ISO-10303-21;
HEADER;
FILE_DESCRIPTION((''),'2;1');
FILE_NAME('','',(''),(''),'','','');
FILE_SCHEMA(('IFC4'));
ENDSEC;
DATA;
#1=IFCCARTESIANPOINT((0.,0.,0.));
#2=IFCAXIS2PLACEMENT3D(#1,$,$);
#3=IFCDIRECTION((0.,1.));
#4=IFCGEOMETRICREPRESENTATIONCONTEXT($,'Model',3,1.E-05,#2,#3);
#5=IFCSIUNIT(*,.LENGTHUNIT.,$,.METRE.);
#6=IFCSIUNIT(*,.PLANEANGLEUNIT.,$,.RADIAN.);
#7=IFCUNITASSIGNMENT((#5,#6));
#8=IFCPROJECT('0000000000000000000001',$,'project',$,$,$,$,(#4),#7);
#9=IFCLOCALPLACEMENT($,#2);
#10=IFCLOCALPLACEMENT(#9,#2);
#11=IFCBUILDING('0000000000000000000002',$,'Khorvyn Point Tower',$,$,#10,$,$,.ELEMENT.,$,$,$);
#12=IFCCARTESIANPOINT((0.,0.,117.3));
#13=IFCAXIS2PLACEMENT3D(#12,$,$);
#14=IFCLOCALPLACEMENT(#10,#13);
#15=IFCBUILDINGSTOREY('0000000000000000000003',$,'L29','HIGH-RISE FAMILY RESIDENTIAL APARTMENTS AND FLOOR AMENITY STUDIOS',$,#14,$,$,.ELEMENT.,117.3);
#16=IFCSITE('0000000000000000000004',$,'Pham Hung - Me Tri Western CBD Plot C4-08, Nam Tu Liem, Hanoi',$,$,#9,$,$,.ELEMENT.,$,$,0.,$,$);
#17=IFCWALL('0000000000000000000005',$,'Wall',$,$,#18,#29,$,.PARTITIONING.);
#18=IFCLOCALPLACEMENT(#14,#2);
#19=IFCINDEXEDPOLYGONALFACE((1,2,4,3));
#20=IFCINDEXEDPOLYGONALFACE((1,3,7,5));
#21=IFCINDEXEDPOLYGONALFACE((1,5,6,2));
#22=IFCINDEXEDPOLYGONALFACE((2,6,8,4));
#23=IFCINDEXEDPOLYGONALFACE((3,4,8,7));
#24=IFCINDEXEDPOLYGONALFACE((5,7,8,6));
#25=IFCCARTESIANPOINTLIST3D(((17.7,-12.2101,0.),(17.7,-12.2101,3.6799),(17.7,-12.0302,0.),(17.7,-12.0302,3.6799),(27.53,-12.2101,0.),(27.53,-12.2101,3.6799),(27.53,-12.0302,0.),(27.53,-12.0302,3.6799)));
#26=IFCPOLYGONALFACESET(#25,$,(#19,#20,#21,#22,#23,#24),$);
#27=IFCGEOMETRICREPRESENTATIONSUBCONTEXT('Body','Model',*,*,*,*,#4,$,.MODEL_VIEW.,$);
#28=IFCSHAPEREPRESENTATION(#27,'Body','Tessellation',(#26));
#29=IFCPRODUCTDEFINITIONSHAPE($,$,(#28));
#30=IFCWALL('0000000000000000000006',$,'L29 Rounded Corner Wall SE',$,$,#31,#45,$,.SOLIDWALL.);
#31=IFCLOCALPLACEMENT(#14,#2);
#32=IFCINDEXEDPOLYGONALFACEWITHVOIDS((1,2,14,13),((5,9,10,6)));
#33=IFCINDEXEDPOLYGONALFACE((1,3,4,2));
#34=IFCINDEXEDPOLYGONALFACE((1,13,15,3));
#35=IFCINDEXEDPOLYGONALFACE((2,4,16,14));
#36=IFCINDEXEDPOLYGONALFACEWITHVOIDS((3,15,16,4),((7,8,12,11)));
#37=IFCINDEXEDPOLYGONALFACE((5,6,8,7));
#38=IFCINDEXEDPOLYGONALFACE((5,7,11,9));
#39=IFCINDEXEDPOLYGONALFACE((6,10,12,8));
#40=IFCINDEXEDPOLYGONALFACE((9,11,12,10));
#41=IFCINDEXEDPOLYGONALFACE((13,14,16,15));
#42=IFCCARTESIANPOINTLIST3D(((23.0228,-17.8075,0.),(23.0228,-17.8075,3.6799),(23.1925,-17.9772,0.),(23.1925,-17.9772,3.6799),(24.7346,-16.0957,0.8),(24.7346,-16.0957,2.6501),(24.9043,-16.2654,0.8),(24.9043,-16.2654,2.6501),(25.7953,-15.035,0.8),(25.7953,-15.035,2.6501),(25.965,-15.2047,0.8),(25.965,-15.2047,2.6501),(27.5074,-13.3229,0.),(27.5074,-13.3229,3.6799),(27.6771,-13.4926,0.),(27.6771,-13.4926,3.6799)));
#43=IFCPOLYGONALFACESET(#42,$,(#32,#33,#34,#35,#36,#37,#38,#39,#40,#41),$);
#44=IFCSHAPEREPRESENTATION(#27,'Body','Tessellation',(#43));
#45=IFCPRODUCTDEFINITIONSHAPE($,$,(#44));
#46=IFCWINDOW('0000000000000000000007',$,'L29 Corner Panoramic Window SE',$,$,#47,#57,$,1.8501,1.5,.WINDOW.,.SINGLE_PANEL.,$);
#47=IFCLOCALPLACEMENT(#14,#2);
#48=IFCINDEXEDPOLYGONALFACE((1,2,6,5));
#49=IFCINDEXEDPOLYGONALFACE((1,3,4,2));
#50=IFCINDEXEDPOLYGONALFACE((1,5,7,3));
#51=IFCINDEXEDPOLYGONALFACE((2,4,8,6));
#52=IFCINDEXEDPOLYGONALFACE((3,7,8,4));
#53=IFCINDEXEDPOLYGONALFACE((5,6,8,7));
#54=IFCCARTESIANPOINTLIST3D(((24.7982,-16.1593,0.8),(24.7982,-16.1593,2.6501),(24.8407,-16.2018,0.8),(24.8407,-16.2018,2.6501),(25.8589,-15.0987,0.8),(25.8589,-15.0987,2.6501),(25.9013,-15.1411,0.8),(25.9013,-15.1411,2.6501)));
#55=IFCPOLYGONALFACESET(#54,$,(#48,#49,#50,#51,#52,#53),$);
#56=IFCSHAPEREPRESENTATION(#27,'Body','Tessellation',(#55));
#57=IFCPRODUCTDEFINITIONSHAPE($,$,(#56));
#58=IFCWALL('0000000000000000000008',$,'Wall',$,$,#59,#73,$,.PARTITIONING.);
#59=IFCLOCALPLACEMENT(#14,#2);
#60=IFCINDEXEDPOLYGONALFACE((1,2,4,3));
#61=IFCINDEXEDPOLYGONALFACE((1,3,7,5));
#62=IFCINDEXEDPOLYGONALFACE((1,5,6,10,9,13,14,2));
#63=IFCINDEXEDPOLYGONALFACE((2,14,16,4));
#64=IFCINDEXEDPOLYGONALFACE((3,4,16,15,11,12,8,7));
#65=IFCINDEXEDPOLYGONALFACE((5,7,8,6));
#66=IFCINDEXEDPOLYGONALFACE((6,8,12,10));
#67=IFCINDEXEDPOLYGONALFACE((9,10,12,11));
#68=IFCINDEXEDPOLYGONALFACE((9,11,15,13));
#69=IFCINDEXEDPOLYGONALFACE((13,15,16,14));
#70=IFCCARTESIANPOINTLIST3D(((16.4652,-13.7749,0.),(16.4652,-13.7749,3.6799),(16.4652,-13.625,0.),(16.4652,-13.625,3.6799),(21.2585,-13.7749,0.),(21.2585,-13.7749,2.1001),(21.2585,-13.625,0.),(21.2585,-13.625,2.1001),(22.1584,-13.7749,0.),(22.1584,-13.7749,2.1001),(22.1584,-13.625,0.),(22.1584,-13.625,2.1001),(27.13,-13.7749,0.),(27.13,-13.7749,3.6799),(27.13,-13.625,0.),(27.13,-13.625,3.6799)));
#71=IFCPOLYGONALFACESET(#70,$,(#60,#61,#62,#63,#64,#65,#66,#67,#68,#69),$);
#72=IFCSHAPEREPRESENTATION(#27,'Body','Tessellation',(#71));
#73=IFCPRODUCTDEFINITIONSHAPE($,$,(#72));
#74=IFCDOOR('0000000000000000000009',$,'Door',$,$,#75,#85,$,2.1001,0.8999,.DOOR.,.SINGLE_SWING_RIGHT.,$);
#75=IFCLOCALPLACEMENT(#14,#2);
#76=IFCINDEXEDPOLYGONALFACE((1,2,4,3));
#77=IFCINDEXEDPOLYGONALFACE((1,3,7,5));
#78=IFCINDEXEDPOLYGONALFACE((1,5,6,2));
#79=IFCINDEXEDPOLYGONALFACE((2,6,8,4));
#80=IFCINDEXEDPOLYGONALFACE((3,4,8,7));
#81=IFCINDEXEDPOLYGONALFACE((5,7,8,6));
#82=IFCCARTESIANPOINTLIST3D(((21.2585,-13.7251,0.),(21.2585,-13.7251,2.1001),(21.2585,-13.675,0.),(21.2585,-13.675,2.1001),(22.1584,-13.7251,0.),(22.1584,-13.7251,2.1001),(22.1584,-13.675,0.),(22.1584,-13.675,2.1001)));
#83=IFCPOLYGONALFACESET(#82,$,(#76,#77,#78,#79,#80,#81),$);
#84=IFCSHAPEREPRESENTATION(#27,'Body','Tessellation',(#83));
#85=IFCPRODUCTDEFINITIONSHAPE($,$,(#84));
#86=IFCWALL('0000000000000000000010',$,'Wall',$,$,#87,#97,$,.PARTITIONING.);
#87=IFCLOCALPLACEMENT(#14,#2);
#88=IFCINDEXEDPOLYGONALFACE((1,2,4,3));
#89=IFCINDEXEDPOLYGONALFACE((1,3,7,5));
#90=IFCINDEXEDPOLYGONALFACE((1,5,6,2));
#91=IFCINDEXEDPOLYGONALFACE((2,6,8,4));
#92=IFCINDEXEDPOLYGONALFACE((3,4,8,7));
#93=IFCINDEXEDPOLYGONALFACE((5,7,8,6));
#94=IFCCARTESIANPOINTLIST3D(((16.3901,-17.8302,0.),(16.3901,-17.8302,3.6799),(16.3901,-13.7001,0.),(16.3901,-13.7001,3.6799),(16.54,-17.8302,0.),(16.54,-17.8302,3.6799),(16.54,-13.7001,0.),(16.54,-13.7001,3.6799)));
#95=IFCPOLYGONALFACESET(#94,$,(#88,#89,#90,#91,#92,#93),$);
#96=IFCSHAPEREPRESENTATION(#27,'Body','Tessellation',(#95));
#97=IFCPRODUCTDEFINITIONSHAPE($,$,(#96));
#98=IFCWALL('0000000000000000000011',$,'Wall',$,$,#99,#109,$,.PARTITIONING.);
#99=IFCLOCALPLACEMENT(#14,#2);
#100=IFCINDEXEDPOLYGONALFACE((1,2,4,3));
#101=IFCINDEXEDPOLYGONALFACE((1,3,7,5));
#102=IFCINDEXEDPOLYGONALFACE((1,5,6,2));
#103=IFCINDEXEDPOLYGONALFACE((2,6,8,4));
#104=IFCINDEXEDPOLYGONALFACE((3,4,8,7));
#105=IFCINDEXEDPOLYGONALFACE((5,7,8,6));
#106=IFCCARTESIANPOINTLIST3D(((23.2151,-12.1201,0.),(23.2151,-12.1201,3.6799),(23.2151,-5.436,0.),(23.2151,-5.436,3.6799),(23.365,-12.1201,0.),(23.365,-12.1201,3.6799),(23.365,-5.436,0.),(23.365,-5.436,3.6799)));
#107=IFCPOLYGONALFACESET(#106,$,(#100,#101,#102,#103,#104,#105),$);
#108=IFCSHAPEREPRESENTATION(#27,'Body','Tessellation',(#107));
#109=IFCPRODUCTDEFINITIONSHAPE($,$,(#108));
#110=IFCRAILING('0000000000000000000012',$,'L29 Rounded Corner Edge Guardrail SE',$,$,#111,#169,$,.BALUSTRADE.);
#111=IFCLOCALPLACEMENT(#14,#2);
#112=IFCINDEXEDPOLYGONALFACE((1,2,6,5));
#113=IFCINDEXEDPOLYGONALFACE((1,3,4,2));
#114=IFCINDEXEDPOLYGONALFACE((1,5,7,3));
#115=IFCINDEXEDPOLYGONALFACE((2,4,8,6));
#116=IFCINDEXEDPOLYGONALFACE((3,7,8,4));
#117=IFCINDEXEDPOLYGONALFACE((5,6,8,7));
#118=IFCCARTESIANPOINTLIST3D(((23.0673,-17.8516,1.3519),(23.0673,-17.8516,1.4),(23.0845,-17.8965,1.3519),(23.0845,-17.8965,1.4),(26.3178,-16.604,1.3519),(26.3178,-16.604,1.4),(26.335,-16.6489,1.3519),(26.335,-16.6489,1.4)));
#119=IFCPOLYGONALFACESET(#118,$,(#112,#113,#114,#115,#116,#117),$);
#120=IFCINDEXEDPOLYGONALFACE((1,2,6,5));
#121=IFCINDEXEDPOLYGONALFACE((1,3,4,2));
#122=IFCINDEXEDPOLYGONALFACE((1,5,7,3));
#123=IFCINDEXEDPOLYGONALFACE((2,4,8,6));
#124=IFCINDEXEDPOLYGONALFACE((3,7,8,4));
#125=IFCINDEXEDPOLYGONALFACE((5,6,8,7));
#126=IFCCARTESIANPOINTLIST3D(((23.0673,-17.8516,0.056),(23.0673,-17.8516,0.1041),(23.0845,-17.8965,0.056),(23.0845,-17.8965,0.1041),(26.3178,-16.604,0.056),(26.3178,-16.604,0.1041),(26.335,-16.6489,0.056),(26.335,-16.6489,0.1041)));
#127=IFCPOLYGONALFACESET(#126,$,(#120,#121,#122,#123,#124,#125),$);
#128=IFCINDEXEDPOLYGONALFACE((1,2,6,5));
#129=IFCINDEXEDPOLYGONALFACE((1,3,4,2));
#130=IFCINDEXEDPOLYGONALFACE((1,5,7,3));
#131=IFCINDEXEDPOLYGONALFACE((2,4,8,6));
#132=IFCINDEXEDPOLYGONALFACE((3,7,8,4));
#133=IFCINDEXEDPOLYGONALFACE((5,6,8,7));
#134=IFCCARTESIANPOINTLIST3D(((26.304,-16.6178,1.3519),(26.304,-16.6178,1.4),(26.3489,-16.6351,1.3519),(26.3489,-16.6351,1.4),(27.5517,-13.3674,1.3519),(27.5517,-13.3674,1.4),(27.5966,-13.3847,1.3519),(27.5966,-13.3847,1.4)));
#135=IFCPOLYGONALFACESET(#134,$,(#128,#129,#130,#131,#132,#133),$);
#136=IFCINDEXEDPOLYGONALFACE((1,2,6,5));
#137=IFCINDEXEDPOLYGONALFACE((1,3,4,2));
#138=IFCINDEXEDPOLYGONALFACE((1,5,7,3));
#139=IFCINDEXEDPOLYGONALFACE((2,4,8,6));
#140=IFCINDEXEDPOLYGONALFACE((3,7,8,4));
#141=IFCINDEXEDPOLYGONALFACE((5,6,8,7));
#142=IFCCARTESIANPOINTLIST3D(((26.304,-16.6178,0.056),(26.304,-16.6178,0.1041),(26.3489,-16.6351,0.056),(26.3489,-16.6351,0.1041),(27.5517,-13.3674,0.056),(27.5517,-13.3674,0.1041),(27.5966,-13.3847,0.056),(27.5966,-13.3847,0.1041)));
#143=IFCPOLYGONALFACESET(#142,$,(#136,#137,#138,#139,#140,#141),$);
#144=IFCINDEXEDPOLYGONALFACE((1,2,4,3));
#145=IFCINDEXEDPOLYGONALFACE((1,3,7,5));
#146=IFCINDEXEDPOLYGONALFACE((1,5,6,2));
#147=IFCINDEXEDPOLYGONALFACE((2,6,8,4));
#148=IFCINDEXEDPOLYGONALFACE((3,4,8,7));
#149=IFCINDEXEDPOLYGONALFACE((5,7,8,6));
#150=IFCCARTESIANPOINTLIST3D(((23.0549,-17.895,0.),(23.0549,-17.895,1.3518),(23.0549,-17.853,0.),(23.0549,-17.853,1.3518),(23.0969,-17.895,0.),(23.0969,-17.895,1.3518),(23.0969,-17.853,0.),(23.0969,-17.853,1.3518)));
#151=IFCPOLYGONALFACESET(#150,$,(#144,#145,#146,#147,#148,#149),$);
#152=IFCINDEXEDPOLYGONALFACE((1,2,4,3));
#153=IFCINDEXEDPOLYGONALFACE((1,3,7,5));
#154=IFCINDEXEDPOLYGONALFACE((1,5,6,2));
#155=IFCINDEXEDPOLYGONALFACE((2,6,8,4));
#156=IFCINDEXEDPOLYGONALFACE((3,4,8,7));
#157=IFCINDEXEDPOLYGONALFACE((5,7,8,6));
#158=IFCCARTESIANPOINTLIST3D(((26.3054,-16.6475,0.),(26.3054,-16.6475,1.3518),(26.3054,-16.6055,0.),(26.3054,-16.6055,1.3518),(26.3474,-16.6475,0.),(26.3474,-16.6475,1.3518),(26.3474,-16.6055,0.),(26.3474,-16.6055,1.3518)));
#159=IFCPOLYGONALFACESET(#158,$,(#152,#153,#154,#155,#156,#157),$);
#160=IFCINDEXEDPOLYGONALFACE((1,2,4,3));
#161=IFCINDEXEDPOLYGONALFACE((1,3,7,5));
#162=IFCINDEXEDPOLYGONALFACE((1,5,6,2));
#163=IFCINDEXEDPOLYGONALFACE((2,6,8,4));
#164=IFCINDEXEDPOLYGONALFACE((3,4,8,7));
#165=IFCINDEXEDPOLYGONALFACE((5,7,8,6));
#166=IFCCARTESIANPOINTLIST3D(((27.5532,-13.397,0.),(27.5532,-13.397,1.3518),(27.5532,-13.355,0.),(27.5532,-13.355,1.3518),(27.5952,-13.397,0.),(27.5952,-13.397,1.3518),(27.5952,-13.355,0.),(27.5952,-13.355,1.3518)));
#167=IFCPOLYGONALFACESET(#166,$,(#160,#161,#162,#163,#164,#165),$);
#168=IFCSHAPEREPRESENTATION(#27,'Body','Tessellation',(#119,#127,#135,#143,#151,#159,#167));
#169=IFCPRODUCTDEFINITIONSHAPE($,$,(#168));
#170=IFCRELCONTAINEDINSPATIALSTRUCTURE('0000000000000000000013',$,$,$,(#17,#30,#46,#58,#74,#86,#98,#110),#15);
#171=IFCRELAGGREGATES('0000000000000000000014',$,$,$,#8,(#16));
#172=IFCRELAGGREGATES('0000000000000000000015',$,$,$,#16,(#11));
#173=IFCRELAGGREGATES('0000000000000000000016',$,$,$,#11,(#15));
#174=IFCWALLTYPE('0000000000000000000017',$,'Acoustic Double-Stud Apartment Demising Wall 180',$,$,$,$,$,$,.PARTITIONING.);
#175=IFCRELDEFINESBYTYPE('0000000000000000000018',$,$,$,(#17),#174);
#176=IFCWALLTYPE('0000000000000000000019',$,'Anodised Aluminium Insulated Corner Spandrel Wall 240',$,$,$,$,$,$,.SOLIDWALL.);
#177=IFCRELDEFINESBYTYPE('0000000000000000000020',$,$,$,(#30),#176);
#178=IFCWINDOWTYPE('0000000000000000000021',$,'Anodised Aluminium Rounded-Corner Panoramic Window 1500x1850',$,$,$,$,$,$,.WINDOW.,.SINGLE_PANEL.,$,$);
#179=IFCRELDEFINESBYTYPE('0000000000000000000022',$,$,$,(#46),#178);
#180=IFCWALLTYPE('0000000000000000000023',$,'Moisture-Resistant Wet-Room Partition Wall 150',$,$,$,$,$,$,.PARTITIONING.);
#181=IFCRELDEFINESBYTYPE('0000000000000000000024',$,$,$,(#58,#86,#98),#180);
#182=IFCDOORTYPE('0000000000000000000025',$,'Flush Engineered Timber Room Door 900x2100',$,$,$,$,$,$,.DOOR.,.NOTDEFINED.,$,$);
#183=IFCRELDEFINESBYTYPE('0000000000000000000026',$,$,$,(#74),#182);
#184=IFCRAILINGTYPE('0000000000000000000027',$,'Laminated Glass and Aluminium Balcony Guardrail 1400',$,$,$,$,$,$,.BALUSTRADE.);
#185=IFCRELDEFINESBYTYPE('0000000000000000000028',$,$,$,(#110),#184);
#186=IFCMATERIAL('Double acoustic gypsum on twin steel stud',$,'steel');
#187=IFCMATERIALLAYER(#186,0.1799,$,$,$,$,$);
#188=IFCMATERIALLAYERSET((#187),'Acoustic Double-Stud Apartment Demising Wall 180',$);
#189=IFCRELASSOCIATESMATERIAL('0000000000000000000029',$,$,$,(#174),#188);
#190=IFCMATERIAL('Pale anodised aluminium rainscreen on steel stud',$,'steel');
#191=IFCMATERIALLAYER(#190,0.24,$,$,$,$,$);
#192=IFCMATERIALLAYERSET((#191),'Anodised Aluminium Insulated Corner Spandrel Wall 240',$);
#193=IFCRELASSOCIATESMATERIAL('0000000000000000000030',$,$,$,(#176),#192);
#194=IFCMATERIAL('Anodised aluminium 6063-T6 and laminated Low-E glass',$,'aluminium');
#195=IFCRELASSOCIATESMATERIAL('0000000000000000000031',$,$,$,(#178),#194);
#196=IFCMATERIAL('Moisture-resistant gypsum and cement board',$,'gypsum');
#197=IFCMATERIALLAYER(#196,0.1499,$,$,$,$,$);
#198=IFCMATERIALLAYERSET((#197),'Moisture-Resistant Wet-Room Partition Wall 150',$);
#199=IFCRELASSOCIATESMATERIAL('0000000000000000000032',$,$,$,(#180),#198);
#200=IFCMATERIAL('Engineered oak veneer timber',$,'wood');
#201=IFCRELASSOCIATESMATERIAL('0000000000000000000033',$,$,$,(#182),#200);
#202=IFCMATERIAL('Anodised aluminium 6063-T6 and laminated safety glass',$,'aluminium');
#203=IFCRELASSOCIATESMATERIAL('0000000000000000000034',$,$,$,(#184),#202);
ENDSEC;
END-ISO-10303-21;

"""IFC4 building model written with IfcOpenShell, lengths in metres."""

from ifc_helpers import new_model, si_unit, direction, frame, frame_2d, origin, origin_2d, place, context, subcontext, project, spatial, rectangle, extrude, material, layer, layer_set, type_object, element, fill, save


model = new_model("IFC4")

# Units and contexts
model_context = context("Model", 3, precision=1e-05, world=origin(), true_north=direction((0.0, 1.0)))
body_context = subcontext(model_context, "Body", "Model", "MODEL_VIEW")
ifc_project = project(units=[si_unit("LENGTHUNIT", "METRE"), si_unit("PLANEANGLEUNIT", "RADIAN")], contexts=[model_context])

# Site, building, storey
site_placement = place(None, origin())
site = spatial("IfcSite", under=ifc_project, at=site_placement, Name="Pham Hung - Me Tri Western CBD Plot C4-08, Nam Tu Liem, Hanoi", CompositionType="ELEMENT", RefElevation=0.0)
building_placement = place(site_placement, origin())
building = spatial("IfcBuilding", under=site, at=building_placement, Name="Khorvyn Point Tower", CompositionType="ELEMENT")
storey_placement = place(building_placement, frame((0.0, 0.0, 117.3)))
storey = spatial("IfcBuildingStorey", under=building, at=storey_placement, Name="L29", Description="HIGH-RISE FAMILY RESIDENTIAL APARTMENTS AND FLOOR AMENITY STUDIOS", CompositionType="ELEMENT", Elevation=117.3)

# Shared definitions
ifc_material_1 = material(Name="Anodised aluminium 6063-T6 and laminated Low-E glass", Category="aluminium")

# Shared definitions
ifc_material_2 = material(Name="Double acoustic gypsum on twin steel stud", Category="steel")
ifc_layer_1 = layer(ifc_material_2, 0.1799)
ifc_layer_set_1 = layer_set([ifc_layer_1], Name="Acoustic Double-Stud Apartment Demising Wall 180")
wall_type_1 = type_object("IfcWallType", Name="Acoustic Double-Stud Apartment Demising Wall 180", PredefinedType="PARTITIONING", material=ifc_layer_set_1)

# Wall
wall_1_placement = place(storey_placement, frame((17.7, -12.1201, 0.0), z_axis=(0.0, 0.0, 1.0), x_axis=(1.0, 0.0, 0.0)))
element("IfcWall", 1, at=wall_1_placement, inside=storey, type_object=wall_type_1, Name="Wall", PredefinedType="PARTITIONING", context=body_context, shape_type="SweptSolid", body=[
    extrude(rectangle(XDim=9.8301, YDim=0.1799, at=frame_2d((4.915, 0.0))), origin(), (0.0, 0.0, 1.0), 3.6799),
])

# Wall, opening, window
ifc_material_3 = material(Name="Pale anodised aluminium rainscreen on steel stud", Category="steel")
ifc_layer_2 = layer(ifc_material_3, 0.24)
ifc_layer_set_2 = layer_set([ifc_layer_2], Name="Anodised Aluminium Insulated Corner Spandrel Wall 240")
wall_type_2 = type_object("IfcWallType", Name="Anodised Aluminium Insulated Corner Spandrel Wall 240", PredefinedType="SOLIDWALL", material=ifc_layer_set_2)
wall_2_placement = place(storey_placement, frame((27.5923, -13.4077, 0.0), z_axis=(0.0, 0.0, 1.0), x_axis=(-0.707107, -0.707107, 0.0)))
wall_2 = element("IfcWall", 2, at=wall_2_placement, inside=storey, type_object=wall_type_2, Name="L29 Rounded Corner Wall SE", PredefinedType="SOLIDWALL", context=body_context, shape_type="SweptSolid", body=[
    extrude(rectangle(XDim=6.3423, YDim=0.24, at=frame_2d((3.1711, 0.0))), origin(), (0.0, 0.0, 1.0), 3.6799),
])
opening_1_placement = place(wall_2_placement, frame((2.4214, 0.0, 0.8)))
opening_1 = element("IfcOpeningElement", 3, at=opening_1_placement, cuts=wall_2, PredefinedType="OPENING", context=body_context, shape_type="SweptSolid", body=[
    extrude(rectangle(XDim=1.5, YDim=1.8501, at=frame_2d((0.75, 0.925))), frame((0.0, 0.1299, 0.0), z_axis=(0.0, -1.0, 0.0), x_axis=(1.0, 0.0, 0.0)), (0.0, 0.0, 1.0), 0.26),
])
window_type = type_object("IfcWindowType", Name="Anodised Aluminium Rounded-Corner Panoramic Window 1500x1850", PartitioningType="SINGLE_PANEL", PredefinedType="WINDOW", material=ifc_material_1)
window_placement = place(opening_1_placement, origin())
window = element("IfcWindow", 4, at=window_placement, inside=storey, type_object=window_type, Name="L29 Corner Panoramic Window SE", OverallHeight=1.8501, OverallWidth=1.5, PartitioningType="SINGLE_PANEL", PredefinedType="WINDOW", context=body_context, shape_type="SweptSolid", body=[
    extrude(rectangle(XDim=1.5, YDim=1.8501, at=frame_2d((0.75, 0.925))), frame((0.0, 0.03, 0.0), z_axis=(0.0, -1.0, 0.0), x_axis=(1.0, 0.0, 0.0)), (0.0, 0.0, 1.0), 0.0601),
])
fill(opening_1, window)

# Wall, opening, door
ifc_material_4 = material(Name="Moisture-resistant gypsum and cement board", Category="gypsum")
ifc_layer_3 = layer(ifc_material_4, 0.1499)
ifc_layer_set_3 = layer_set([ifc_layer_3], Name="Moisture-Resistant Wet-Room Partition Wall 150")
wall_type_3 = type_object("IfcWallType", Name="Moisture-Resistant Wet-Room Partition Wall 150", PredefinedType="PARTITIONING", material=ifc_layer_set_3)
wall_3_placement = place(storey_placement, frame((16.4651, -13.7, 0.0), z_axis=(0.0, 0.0, 1.0), x_axis=(1.0, 0.0, 0.0)))
wall_3 = element("IfcWall", 5, at=wall_3_placement, inside=storey, type_object=wall_type_3, Name="Wall", PredefinedType="PARTITIONING", context=body_context, shape_type="SweptSolid", body=[
    extrude(rectangle(XDim=10.6648, YDim=0.1499, at=frame_2d((5.3325, 0.0))), origin(), (0.0, 0.0, 1.0), 3.6799),
])
opening_2_placement = place(wall_3_placement, frame((4.7935, 0.0, 0.0)))
opening_2 = element("IfcOpeningElement", 6, at=opening_2_placement, cuts=wall_3, PredefinedType="OPENING", context=body_context, shape_type="SweptSolid", body=[
    extrude(rectangle(XDim=0.8999, YDim=2.1001, at=frame_2d((0.45, 1.05))), frame((0.0, 0.085, 0.0), z_axis=(0.0, -1.0, 0.0), x_axis=(1.0, 0.0, 0.0)), (0.0, 0.0, 1.0), 0.1699),
])
ifc_material_5 = material(Name="Engineered oak veneer timber", Category="wood")
door_type_1 = type_object("IfcDoorType", Name="Flush Engineered Timber Room Door 900x2100", OperationType="NOTDEFINED", PredefinedType="DOOR", material=ifc_material_5)
door_1_placement = place(opening_2_placement, origin())
door_1 = element("IfcDoor", 7, at=door_1_placement, inside=storey, type_object=door_type_1, Name="Door", OperationType="SINGLE_SWING_RIGHT", OverallHeight=2.1001, OverallWidth=0.8999, PredefinedType="DOOR", context=body_context, shape_type="SweptSolid", body=[
    extrude(rectangle(XDim=0.8999, YDim=2.1001, at=frame_2d((0.45, 1.05))), frame((0.0, 0.0249, 0.0), z_axis=(0.0, -1.0, 0.0), x_axis=(1.0, 0.0, 0.0)), (0.0, 0.0, 1.0), 0.05),
])
fill(opening_2, door_1)

# Walls
wall_4_placement = place(storey_placement, frame((16.4651, -17.8301, 0.0), z_axis=(0.0, 0.0, 1.0), x_axis=(0.0, 1.0, 0.0)))
element("IfcWall", 8, at=wall_4_placement, inside=storey, type_object=wall_type_3, Name="Wall", PredefinedType="PARTITIONING", context=body_context, shape_type="SweptSolid", body=[
    extrude(rectangle(XDim=4.1301, YDim=0.1499, at=frame_2d((2.0649, 0.0))), origin(), (0.0, 0.0, 1.0), 3.6799),
])
wall_5_placement = place(storey_placement, frame((23.29, -12.1201, 0.0), z_axis=(0.0, 0.0, 1.0), x_axis=(0.0, 1.0, 0.0)))
element("IfcWall", 9, at=wall_5_placement, inside=storey, type_object=wall_type_3, Name="Wall", PredefinedType="PARTITIONING", context=body_context, shape_type="SweptSolid", body=[
    extrude(rectangle(XDim=6.6841, YDim=0.1499, at=frame_2d((3.342, 0.0))), origin(), (0.0, 0.0, 1.0), 3.6799),
])

# Railing
ifc_material_6 = material(Name="Anodised aluminium 6063-T6 and laminated safety glass", Category="aluminium")
railing_type = type_object("IfcRailingType", Name="Laminated Glass and Aluminium Balcony Guardrail 1400", PredefinedType="BALUSTRADE", material=ifc_material_6)
railing_placement = place(storey_placement, frame((23.0759, -17.874, 0.0)))
element("IfcRailing", 10, at=railing_placement, inside=storey, type_object=railing_type, Name="L29 Rounded Corner Edge Guardrail SE", PredefinedType="BALUSTRADE", context=body_context, shape_type="SweptSolid", body=[
    extrude(rectangle(XDim=0.0481, YDim=0.0481, at=origin_2d()), frame((0.0, 0.0, 1.376), z_axis=(0.933598, 0.358321, 0.0), x_axis=(-0.358321, 0.933598, 0.0)), (0.0, 0.0, 1.0), 3.4817),
    extrude(rectangle(XDim=0.0481, YDim=0.0481, at=origin_2d()), frame((0.0, 0.0, 0.0801), z_axis=(0.933598, 0.358321, 0.0), x_axis=(-0.358321, 0.933598, 0.0)), (0.0, 0.0, 1.0), 3.4817),
    extrude(rectangle(XDim=0.0481, YDim=0.0481, at=origin_2d()), frame((3.2505, 1.2476, 1.376), z_axis=(0.358382, 0.933575, 0.0), x_axis=(-0.933575, 0.358382, 0.0)), (0.0, 0.0, 1.0), 3.4817),
    extrude(rectangle(XDim=0.0481, YDim=0.0481, at=origin_2d()), frame((3.2505, 1.2476, 0.0801), z_axis=(0.358382, 0.933575, 0.0), x_axis=(-0.933575, 0.358382, 0.0)), (0.0, 0.0, 1.0), 3.4817),
    extrude(rectangle(XDim=0.042, YDim=0.042, at=origin_2d()), origin(), (0.0, 0.0, 1.0), 1.3518),
    extrude(rectangle(XDim=0.042, YDim=0.042, at=origin_2d()), frame((3.2505, 1.2476, 0.0)), (0.0, 0.0, 1.0), 1.3518),
    extrude(rectangle(XDim=0.042, YDim=0.042, at=origin_2d()), frame((4.4983, 4.498, 0.0)), (0.0, 0.0, 1.0), 1.3518),
])

save(model, "model.ifc")
